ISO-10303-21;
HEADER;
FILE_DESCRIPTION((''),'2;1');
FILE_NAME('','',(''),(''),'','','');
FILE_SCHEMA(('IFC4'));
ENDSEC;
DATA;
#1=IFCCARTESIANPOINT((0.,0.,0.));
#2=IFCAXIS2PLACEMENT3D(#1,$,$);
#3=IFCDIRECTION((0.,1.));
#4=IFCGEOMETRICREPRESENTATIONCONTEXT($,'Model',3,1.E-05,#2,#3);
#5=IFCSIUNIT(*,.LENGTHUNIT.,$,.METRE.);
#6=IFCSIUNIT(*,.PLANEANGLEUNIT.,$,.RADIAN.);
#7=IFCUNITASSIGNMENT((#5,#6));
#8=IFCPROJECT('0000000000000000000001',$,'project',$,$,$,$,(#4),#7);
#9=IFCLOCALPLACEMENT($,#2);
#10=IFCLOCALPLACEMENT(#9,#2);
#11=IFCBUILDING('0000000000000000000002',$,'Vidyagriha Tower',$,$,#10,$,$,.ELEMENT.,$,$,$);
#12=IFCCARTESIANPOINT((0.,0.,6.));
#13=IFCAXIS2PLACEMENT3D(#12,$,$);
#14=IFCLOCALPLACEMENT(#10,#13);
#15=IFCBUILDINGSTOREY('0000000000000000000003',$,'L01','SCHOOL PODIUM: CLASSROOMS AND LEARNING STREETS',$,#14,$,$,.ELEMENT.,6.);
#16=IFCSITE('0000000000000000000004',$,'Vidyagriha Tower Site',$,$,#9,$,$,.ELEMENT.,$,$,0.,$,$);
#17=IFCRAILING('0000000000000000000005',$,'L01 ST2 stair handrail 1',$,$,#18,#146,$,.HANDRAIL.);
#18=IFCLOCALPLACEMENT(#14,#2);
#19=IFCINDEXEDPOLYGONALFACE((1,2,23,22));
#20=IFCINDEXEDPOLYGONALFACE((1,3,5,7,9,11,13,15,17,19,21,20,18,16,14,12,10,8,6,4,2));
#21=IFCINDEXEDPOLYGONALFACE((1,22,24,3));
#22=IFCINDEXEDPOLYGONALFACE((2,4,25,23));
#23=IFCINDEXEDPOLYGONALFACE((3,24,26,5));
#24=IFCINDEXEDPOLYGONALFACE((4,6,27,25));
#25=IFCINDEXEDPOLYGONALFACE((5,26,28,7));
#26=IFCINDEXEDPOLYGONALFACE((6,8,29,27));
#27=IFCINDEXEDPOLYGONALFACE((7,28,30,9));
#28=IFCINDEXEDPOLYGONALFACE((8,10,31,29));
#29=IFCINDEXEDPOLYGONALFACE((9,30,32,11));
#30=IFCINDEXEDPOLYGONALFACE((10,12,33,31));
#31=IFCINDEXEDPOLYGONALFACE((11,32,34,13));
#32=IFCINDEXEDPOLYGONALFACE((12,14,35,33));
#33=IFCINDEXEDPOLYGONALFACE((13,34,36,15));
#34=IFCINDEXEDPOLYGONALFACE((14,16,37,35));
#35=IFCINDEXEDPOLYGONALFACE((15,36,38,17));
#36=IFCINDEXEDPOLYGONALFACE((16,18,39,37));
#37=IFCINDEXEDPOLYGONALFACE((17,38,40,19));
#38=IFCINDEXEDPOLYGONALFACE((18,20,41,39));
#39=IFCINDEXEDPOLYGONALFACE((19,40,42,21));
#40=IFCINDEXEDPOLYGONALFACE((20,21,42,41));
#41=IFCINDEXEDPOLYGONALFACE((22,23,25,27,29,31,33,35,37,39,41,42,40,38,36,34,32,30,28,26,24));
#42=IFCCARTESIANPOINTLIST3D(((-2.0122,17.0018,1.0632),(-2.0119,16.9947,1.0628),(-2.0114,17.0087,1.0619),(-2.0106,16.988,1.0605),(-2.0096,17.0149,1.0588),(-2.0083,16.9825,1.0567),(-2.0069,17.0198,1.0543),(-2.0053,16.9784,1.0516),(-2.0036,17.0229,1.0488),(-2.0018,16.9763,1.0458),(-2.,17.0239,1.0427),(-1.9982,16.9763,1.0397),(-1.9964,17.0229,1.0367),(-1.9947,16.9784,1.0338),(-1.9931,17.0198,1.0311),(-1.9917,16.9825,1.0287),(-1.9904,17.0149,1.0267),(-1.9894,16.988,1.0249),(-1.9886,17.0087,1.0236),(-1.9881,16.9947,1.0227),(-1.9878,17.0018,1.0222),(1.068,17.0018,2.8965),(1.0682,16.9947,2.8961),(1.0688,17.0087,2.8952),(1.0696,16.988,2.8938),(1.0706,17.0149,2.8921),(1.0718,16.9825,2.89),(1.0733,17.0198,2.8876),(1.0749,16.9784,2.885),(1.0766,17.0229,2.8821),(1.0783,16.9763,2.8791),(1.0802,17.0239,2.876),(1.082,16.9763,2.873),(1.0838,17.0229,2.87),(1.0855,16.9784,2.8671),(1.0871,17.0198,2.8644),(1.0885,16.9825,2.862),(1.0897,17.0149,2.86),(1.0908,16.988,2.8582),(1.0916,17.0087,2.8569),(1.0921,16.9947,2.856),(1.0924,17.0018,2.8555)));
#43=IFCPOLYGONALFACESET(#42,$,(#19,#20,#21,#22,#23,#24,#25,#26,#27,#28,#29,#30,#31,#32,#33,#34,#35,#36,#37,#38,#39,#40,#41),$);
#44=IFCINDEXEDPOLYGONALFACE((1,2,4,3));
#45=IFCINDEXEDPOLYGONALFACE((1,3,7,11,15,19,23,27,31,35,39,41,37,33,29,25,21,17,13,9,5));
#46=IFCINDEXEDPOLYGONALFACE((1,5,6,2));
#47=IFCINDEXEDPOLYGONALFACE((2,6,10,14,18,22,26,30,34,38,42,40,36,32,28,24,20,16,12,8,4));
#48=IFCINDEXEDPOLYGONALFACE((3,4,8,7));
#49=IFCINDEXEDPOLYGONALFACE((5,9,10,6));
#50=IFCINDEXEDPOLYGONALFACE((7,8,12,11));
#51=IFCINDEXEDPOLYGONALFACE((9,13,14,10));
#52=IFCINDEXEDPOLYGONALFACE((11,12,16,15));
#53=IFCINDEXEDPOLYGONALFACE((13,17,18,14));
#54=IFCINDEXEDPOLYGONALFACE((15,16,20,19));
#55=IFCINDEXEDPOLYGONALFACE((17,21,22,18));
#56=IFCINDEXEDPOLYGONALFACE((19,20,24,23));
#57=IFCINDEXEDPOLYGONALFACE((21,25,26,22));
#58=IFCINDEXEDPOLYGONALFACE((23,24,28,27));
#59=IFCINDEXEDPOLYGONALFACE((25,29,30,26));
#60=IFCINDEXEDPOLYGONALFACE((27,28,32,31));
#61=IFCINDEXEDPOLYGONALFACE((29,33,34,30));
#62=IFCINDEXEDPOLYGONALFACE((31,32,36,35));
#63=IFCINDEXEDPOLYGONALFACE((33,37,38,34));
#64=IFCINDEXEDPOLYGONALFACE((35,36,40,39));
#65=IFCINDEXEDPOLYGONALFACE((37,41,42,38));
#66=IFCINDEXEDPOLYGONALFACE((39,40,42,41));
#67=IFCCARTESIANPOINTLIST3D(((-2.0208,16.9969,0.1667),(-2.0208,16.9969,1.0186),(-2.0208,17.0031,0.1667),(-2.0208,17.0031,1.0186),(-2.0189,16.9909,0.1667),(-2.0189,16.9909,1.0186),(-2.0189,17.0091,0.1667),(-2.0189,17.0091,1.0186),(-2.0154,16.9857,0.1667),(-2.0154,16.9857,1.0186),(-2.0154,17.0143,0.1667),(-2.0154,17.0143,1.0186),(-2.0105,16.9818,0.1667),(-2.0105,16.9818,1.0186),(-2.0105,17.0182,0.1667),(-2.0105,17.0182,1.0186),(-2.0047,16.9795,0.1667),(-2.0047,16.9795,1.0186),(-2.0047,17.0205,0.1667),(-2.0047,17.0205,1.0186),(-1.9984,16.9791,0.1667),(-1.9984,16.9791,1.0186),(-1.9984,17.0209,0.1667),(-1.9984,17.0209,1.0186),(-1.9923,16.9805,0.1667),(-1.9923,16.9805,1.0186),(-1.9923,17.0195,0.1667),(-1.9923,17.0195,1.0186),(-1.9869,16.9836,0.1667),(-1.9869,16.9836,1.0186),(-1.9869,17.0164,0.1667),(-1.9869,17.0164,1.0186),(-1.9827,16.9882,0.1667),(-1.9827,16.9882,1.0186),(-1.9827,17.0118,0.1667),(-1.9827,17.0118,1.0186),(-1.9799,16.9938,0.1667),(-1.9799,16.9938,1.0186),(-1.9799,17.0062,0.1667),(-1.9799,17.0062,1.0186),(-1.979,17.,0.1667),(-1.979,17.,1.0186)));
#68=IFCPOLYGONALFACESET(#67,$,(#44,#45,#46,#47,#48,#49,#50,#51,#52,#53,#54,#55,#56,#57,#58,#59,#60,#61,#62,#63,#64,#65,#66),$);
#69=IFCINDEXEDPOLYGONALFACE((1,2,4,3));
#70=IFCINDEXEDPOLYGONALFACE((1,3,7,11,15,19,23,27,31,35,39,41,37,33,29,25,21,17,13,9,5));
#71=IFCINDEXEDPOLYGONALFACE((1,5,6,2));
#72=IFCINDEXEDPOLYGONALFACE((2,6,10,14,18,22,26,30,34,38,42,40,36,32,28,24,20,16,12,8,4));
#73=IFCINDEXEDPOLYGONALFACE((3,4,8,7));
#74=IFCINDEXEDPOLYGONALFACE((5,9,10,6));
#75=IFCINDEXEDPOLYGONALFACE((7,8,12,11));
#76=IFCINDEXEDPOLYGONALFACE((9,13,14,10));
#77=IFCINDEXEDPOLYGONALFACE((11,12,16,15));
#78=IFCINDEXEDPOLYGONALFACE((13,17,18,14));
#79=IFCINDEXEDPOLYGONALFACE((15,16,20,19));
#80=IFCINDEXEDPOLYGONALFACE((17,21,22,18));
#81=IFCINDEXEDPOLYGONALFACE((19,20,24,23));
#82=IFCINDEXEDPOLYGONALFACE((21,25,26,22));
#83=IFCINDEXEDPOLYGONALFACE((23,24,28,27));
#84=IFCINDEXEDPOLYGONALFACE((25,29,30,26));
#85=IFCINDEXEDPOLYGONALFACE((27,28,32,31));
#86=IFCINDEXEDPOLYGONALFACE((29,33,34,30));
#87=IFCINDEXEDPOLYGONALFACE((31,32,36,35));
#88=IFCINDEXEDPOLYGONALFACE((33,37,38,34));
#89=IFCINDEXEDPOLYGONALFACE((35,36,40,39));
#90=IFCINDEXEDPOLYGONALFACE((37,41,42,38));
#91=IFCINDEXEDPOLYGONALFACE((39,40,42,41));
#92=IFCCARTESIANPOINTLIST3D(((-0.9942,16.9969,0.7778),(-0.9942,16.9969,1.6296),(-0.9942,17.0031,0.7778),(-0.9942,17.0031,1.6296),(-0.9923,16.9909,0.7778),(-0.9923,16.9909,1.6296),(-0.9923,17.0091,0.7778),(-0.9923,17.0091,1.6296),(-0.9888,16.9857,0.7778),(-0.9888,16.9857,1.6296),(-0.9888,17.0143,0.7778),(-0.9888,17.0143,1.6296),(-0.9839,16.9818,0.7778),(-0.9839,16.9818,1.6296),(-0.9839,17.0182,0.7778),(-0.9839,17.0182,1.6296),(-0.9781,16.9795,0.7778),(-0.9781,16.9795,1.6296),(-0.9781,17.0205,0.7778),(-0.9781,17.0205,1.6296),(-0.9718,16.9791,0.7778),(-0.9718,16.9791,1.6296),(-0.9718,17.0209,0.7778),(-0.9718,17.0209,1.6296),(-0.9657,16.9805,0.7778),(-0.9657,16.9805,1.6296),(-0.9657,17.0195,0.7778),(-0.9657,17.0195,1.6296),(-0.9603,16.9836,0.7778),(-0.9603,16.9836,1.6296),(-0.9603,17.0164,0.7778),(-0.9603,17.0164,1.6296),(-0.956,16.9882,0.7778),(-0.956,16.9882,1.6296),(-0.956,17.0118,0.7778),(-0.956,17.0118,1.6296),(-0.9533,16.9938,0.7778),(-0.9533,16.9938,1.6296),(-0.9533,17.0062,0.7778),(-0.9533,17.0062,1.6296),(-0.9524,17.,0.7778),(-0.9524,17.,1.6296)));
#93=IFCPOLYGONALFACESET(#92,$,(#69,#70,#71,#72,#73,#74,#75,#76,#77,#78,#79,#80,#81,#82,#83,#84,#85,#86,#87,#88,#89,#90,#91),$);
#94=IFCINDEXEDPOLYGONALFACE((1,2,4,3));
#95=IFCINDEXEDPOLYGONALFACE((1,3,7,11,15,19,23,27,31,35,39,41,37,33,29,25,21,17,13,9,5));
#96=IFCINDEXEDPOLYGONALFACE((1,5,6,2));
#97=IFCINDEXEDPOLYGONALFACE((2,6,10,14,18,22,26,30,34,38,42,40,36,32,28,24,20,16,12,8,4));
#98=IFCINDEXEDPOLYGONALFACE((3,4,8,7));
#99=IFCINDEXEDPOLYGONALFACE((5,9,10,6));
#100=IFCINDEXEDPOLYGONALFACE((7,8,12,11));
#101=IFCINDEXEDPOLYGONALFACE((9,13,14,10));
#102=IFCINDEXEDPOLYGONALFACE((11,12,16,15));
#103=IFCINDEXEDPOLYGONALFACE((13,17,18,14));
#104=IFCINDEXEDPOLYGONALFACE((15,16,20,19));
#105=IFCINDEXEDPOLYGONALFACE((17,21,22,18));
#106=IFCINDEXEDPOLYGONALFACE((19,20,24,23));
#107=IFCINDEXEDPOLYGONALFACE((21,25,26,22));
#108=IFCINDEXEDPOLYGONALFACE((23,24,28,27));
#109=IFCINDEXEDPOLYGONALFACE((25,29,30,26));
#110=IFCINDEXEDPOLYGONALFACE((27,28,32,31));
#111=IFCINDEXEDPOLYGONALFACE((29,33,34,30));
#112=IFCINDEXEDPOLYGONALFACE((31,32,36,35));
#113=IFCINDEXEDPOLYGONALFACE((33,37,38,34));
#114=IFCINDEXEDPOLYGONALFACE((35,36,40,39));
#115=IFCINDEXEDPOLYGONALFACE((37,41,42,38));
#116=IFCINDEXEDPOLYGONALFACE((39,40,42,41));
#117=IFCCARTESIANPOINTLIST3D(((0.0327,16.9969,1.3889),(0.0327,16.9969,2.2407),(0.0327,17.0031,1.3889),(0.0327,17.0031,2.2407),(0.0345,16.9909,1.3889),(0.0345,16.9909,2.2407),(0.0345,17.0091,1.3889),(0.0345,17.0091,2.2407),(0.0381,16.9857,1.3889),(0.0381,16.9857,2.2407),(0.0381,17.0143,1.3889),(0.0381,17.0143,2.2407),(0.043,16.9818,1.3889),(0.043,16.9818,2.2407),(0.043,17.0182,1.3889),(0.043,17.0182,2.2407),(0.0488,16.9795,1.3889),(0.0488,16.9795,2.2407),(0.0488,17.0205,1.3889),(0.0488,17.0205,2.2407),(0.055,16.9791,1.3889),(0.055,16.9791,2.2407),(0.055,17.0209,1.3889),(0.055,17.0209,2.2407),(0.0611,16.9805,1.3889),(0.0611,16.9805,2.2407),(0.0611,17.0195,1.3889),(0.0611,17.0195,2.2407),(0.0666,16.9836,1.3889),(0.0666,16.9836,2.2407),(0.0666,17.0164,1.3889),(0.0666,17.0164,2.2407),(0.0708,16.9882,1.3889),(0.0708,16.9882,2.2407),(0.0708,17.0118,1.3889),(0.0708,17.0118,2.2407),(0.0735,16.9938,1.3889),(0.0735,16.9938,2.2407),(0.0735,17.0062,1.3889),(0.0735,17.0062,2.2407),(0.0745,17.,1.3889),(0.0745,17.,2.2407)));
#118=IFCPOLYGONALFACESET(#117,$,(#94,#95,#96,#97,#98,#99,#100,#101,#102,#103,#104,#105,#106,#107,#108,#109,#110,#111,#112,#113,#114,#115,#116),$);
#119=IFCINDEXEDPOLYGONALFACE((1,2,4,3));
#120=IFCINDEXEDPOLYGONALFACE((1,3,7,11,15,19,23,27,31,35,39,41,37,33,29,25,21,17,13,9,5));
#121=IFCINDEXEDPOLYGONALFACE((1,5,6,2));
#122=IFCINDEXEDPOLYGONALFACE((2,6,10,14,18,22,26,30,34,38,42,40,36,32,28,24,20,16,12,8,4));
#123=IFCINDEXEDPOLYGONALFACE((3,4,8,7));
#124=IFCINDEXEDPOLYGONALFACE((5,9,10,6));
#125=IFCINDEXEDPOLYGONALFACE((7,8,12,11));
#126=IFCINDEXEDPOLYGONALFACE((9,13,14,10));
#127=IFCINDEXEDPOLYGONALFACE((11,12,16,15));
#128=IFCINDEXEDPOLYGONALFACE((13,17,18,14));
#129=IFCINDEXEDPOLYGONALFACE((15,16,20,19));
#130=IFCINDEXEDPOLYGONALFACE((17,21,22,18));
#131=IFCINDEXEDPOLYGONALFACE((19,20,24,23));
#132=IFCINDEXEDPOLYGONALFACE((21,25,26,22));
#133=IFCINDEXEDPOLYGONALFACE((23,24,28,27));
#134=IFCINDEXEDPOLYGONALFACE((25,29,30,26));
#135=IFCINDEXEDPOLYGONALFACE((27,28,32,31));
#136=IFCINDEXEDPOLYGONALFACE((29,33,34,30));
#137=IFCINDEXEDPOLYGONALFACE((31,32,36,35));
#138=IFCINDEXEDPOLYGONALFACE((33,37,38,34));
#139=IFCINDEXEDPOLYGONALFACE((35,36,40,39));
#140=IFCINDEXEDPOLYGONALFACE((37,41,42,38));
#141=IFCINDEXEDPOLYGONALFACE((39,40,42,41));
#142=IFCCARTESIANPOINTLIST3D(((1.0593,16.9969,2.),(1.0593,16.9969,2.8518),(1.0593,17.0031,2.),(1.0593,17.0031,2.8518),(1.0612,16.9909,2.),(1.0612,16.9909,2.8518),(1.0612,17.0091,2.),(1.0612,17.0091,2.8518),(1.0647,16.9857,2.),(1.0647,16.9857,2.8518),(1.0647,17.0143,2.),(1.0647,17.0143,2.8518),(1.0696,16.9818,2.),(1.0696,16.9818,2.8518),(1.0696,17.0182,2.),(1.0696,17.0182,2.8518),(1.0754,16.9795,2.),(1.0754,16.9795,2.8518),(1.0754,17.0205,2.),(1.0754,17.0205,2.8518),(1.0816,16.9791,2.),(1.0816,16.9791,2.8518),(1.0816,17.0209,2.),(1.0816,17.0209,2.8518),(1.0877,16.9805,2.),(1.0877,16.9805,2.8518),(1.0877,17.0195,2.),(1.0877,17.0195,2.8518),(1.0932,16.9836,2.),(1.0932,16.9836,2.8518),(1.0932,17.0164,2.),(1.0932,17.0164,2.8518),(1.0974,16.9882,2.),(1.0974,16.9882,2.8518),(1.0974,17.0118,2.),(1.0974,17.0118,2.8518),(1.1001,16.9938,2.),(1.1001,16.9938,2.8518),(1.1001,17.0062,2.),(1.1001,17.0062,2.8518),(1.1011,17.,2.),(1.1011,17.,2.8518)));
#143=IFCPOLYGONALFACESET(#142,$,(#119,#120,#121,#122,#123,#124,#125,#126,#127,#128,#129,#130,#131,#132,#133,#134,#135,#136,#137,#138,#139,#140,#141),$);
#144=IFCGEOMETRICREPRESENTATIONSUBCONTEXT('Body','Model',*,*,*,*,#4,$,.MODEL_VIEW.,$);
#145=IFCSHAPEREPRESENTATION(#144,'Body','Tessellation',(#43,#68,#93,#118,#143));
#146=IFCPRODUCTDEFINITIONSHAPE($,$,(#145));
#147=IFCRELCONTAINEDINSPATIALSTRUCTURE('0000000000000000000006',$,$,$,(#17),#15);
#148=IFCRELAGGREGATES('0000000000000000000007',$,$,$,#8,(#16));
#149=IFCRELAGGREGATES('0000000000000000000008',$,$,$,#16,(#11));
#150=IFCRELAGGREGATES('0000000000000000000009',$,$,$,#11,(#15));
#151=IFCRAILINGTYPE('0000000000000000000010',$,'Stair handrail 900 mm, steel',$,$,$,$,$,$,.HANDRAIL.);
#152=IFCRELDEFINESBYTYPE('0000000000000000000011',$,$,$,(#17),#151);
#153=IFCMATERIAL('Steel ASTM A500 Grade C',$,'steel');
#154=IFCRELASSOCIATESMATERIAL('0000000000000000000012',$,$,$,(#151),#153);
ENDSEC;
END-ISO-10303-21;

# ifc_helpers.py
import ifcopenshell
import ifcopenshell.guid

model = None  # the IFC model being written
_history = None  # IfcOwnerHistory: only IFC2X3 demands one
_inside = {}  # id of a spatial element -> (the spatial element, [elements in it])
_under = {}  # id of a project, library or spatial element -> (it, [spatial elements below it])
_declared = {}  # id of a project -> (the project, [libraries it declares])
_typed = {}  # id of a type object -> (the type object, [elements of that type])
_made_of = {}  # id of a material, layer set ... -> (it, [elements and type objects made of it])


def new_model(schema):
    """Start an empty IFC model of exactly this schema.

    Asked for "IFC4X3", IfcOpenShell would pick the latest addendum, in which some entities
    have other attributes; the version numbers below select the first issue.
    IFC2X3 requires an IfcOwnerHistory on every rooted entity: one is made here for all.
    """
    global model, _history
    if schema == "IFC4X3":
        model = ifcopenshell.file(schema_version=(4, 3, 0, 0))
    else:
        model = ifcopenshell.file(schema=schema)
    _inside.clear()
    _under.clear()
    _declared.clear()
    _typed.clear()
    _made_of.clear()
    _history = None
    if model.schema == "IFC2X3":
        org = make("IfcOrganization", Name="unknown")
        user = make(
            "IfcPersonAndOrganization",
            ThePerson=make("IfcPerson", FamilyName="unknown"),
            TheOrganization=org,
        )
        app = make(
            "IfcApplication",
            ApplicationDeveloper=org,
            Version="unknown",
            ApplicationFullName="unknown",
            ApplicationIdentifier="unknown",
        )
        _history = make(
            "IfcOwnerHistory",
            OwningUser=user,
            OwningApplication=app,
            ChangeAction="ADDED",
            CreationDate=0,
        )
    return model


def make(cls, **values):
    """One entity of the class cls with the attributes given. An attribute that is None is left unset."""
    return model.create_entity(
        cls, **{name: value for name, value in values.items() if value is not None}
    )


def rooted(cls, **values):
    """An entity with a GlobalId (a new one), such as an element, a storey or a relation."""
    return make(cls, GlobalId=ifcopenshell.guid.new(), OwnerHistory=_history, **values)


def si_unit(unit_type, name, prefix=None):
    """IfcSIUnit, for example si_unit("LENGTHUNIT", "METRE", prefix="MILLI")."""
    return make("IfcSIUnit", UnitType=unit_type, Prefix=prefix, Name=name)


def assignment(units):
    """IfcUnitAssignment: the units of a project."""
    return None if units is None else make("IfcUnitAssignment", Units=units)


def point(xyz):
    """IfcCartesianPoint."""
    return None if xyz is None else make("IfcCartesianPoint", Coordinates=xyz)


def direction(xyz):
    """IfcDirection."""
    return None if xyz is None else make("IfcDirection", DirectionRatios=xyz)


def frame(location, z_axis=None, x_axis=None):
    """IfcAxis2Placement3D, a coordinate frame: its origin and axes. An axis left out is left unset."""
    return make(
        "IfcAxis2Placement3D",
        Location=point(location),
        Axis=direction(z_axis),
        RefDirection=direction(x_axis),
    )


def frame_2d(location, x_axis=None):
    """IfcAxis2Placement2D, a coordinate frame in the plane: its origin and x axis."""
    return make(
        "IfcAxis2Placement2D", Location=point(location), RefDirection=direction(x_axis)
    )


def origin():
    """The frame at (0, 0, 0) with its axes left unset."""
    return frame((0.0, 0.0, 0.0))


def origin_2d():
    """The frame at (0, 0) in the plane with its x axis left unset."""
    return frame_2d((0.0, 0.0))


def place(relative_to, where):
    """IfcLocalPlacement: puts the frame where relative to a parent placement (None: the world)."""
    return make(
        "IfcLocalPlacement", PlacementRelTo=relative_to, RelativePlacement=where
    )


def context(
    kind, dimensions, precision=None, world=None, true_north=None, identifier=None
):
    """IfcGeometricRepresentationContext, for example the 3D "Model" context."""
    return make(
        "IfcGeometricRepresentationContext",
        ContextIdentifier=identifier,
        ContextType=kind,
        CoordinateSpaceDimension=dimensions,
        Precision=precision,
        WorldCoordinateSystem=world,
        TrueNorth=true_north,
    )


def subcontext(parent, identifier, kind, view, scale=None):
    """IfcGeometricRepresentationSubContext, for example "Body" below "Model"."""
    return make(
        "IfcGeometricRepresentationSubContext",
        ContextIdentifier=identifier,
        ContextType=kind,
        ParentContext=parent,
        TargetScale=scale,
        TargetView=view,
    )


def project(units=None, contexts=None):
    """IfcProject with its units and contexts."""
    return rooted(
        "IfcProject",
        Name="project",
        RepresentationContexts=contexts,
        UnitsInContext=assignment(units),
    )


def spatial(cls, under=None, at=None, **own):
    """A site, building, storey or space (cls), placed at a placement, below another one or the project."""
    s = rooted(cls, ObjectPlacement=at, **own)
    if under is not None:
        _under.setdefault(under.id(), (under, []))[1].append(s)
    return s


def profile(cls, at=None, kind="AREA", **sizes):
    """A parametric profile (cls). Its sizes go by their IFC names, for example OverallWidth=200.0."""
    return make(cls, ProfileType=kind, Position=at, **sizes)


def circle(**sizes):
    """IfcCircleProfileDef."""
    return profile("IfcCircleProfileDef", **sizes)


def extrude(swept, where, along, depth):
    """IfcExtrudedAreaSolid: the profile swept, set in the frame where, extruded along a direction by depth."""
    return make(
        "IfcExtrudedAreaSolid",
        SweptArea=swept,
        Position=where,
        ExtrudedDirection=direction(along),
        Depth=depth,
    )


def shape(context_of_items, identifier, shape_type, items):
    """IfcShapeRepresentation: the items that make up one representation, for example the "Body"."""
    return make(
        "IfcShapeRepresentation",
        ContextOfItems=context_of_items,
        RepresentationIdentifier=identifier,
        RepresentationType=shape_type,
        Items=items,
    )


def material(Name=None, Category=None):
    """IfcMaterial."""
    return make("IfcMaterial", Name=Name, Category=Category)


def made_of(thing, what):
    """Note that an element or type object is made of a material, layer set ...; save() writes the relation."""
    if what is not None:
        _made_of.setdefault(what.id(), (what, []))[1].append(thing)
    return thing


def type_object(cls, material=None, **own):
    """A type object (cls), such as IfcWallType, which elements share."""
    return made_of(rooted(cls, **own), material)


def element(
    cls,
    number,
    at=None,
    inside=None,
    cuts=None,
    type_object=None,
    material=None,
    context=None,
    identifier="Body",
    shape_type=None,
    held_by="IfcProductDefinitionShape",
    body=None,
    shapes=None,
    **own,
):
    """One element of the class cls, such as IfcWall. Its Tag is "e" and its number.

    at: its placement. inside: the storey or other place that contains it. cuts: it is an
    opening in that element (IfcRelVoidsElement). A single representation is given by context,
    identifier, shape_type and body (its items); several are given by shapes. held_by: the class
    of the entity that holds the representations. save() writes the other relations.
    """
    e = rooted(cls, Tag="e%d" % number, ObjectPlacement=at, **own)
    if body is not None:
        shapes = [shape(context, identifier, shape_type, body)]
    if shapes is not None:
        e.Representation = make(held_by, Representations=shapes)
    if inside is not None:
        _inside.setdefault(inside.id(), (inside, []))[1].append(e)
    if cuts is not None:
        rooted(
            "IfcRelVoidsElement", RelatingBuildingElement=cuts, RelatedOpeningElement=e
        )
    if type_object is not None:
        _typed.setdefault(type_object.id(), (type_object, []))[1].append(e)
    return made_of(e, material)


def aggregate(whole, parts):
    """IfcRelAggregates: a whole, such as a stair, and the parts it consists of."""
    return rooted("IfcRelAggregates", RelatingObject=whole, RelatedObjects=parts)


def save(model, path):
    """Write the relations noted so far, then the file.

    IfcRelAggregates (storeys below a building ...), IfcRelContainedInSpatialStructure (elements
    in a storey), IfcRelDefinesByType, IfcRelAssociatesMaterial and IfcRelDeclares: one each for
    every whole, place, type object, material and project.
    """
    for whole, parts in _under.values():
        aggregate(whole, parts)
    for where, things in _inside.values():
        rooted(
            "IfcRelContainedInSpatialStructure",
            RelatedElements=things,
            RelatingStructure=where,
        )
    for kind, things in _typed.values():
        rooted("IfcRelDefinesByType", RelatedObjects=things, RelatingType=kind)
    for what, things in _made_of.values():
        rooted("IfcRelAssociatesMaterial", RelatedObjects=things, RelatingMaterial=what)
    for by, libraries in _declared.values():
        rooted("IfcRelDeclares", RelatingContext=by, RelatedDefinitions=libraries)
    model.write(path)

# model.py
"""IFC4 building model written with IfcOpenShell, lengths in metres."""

from ifc_helpers import new_model, si_unit, direction, frame, origin, origin_2d, place, context, subcontext, project, spatial, circle, extrude, material, type_object, element, save


model = new_model("IFC4")

# Units and contexts
model_context = context("Model", 3, precision=1e-05, world=origin(), true_north=direction((0.0, 1.0)))
body_context = subcontext(model_context, "Body", "Model", "MODEL_VIEW")
ifc_project = project(units=[si_unit("LENGTHUNIT", "METRE"), si_unit("PLANEANGLEUNIT", "RADIAN")], contexts=[model_context])

# Site, building, storey
site_placement = place(None, origin())
site = spatial("IfcSite", under=ifc_project, at=site_placement, Name="Vidyagriha Tower Site", CompositionType="ELEMENT", RefElevation=0.0)
building_placement = place(site_placement, origin())
building = spatial("IfcBuilding", under=site, at=building_placement, Name="Vidyagriha Tower", CompositionType="ELEMENT")
storey_placement = place(building_placement, frame((0.0, 0.0, 6.0)))
storey = spatial("IfcBuildingStorey", under=building, at=storey_placement, Name="L01", Description="SCHOOL PODIUM: CLASSROOMS AND LEARNING STREETS", CompositionType="ELEMENT", Elevation=6.0)

# Railing
ifc_material_1 = material(Name="Steel ASTM A500 Grade C", Category="steel")
railing_type_1 = type_object("IfcRailingType", Name="Stair handrail 900 mm, steel", PredefinedType="HANDRAIL", material=ifc_material_1)
railing_1_placement = place(storey_placement, frame((-2.0, 17.0, 0.1667)))
element("IfcRailing", 1, at=railing_1_placement, inside=storey, type_object=railing_type_1, Name="L01 ST2 stair handrail 1", PredefinedType="HANDRAIL", context=body_context, shape_type="SweptSolid", body=[
    extrude(circle(Radius=0.0239, at=origin_2d()), frame((0.0, 0.0, 0.876), z_axis=(0.859309, 0.0, 0.511458), x_axis=(0.0, 1.0, 0.0)), (0.0, 0.0, 1.0), 3.5845),
    extrude(circle(Radius=0.021, at=origin_2d()), origin(), (0.0, 0.0, 1.0), 0.8518),
    extrude(circle(Radius=0.021, at=origin_2d()), frame((1.0266, 0.0, 0.6111)), (0.0, 0.0, 1.0), 0.8518),
    extrude(circle(Radius=0.021, at=origin_2d()), frame((2.0535, 0.0, 1.2222)), (0.0, 0.0, 1.0), 0.8518),
    extrude(circle(Radius=0.021, at=origin_2d()), frame((3.0801, 0.0, 1.8333)), (0.0, 0.0, 1.0), 0.8518),
])

save(model, "model.ifc")
